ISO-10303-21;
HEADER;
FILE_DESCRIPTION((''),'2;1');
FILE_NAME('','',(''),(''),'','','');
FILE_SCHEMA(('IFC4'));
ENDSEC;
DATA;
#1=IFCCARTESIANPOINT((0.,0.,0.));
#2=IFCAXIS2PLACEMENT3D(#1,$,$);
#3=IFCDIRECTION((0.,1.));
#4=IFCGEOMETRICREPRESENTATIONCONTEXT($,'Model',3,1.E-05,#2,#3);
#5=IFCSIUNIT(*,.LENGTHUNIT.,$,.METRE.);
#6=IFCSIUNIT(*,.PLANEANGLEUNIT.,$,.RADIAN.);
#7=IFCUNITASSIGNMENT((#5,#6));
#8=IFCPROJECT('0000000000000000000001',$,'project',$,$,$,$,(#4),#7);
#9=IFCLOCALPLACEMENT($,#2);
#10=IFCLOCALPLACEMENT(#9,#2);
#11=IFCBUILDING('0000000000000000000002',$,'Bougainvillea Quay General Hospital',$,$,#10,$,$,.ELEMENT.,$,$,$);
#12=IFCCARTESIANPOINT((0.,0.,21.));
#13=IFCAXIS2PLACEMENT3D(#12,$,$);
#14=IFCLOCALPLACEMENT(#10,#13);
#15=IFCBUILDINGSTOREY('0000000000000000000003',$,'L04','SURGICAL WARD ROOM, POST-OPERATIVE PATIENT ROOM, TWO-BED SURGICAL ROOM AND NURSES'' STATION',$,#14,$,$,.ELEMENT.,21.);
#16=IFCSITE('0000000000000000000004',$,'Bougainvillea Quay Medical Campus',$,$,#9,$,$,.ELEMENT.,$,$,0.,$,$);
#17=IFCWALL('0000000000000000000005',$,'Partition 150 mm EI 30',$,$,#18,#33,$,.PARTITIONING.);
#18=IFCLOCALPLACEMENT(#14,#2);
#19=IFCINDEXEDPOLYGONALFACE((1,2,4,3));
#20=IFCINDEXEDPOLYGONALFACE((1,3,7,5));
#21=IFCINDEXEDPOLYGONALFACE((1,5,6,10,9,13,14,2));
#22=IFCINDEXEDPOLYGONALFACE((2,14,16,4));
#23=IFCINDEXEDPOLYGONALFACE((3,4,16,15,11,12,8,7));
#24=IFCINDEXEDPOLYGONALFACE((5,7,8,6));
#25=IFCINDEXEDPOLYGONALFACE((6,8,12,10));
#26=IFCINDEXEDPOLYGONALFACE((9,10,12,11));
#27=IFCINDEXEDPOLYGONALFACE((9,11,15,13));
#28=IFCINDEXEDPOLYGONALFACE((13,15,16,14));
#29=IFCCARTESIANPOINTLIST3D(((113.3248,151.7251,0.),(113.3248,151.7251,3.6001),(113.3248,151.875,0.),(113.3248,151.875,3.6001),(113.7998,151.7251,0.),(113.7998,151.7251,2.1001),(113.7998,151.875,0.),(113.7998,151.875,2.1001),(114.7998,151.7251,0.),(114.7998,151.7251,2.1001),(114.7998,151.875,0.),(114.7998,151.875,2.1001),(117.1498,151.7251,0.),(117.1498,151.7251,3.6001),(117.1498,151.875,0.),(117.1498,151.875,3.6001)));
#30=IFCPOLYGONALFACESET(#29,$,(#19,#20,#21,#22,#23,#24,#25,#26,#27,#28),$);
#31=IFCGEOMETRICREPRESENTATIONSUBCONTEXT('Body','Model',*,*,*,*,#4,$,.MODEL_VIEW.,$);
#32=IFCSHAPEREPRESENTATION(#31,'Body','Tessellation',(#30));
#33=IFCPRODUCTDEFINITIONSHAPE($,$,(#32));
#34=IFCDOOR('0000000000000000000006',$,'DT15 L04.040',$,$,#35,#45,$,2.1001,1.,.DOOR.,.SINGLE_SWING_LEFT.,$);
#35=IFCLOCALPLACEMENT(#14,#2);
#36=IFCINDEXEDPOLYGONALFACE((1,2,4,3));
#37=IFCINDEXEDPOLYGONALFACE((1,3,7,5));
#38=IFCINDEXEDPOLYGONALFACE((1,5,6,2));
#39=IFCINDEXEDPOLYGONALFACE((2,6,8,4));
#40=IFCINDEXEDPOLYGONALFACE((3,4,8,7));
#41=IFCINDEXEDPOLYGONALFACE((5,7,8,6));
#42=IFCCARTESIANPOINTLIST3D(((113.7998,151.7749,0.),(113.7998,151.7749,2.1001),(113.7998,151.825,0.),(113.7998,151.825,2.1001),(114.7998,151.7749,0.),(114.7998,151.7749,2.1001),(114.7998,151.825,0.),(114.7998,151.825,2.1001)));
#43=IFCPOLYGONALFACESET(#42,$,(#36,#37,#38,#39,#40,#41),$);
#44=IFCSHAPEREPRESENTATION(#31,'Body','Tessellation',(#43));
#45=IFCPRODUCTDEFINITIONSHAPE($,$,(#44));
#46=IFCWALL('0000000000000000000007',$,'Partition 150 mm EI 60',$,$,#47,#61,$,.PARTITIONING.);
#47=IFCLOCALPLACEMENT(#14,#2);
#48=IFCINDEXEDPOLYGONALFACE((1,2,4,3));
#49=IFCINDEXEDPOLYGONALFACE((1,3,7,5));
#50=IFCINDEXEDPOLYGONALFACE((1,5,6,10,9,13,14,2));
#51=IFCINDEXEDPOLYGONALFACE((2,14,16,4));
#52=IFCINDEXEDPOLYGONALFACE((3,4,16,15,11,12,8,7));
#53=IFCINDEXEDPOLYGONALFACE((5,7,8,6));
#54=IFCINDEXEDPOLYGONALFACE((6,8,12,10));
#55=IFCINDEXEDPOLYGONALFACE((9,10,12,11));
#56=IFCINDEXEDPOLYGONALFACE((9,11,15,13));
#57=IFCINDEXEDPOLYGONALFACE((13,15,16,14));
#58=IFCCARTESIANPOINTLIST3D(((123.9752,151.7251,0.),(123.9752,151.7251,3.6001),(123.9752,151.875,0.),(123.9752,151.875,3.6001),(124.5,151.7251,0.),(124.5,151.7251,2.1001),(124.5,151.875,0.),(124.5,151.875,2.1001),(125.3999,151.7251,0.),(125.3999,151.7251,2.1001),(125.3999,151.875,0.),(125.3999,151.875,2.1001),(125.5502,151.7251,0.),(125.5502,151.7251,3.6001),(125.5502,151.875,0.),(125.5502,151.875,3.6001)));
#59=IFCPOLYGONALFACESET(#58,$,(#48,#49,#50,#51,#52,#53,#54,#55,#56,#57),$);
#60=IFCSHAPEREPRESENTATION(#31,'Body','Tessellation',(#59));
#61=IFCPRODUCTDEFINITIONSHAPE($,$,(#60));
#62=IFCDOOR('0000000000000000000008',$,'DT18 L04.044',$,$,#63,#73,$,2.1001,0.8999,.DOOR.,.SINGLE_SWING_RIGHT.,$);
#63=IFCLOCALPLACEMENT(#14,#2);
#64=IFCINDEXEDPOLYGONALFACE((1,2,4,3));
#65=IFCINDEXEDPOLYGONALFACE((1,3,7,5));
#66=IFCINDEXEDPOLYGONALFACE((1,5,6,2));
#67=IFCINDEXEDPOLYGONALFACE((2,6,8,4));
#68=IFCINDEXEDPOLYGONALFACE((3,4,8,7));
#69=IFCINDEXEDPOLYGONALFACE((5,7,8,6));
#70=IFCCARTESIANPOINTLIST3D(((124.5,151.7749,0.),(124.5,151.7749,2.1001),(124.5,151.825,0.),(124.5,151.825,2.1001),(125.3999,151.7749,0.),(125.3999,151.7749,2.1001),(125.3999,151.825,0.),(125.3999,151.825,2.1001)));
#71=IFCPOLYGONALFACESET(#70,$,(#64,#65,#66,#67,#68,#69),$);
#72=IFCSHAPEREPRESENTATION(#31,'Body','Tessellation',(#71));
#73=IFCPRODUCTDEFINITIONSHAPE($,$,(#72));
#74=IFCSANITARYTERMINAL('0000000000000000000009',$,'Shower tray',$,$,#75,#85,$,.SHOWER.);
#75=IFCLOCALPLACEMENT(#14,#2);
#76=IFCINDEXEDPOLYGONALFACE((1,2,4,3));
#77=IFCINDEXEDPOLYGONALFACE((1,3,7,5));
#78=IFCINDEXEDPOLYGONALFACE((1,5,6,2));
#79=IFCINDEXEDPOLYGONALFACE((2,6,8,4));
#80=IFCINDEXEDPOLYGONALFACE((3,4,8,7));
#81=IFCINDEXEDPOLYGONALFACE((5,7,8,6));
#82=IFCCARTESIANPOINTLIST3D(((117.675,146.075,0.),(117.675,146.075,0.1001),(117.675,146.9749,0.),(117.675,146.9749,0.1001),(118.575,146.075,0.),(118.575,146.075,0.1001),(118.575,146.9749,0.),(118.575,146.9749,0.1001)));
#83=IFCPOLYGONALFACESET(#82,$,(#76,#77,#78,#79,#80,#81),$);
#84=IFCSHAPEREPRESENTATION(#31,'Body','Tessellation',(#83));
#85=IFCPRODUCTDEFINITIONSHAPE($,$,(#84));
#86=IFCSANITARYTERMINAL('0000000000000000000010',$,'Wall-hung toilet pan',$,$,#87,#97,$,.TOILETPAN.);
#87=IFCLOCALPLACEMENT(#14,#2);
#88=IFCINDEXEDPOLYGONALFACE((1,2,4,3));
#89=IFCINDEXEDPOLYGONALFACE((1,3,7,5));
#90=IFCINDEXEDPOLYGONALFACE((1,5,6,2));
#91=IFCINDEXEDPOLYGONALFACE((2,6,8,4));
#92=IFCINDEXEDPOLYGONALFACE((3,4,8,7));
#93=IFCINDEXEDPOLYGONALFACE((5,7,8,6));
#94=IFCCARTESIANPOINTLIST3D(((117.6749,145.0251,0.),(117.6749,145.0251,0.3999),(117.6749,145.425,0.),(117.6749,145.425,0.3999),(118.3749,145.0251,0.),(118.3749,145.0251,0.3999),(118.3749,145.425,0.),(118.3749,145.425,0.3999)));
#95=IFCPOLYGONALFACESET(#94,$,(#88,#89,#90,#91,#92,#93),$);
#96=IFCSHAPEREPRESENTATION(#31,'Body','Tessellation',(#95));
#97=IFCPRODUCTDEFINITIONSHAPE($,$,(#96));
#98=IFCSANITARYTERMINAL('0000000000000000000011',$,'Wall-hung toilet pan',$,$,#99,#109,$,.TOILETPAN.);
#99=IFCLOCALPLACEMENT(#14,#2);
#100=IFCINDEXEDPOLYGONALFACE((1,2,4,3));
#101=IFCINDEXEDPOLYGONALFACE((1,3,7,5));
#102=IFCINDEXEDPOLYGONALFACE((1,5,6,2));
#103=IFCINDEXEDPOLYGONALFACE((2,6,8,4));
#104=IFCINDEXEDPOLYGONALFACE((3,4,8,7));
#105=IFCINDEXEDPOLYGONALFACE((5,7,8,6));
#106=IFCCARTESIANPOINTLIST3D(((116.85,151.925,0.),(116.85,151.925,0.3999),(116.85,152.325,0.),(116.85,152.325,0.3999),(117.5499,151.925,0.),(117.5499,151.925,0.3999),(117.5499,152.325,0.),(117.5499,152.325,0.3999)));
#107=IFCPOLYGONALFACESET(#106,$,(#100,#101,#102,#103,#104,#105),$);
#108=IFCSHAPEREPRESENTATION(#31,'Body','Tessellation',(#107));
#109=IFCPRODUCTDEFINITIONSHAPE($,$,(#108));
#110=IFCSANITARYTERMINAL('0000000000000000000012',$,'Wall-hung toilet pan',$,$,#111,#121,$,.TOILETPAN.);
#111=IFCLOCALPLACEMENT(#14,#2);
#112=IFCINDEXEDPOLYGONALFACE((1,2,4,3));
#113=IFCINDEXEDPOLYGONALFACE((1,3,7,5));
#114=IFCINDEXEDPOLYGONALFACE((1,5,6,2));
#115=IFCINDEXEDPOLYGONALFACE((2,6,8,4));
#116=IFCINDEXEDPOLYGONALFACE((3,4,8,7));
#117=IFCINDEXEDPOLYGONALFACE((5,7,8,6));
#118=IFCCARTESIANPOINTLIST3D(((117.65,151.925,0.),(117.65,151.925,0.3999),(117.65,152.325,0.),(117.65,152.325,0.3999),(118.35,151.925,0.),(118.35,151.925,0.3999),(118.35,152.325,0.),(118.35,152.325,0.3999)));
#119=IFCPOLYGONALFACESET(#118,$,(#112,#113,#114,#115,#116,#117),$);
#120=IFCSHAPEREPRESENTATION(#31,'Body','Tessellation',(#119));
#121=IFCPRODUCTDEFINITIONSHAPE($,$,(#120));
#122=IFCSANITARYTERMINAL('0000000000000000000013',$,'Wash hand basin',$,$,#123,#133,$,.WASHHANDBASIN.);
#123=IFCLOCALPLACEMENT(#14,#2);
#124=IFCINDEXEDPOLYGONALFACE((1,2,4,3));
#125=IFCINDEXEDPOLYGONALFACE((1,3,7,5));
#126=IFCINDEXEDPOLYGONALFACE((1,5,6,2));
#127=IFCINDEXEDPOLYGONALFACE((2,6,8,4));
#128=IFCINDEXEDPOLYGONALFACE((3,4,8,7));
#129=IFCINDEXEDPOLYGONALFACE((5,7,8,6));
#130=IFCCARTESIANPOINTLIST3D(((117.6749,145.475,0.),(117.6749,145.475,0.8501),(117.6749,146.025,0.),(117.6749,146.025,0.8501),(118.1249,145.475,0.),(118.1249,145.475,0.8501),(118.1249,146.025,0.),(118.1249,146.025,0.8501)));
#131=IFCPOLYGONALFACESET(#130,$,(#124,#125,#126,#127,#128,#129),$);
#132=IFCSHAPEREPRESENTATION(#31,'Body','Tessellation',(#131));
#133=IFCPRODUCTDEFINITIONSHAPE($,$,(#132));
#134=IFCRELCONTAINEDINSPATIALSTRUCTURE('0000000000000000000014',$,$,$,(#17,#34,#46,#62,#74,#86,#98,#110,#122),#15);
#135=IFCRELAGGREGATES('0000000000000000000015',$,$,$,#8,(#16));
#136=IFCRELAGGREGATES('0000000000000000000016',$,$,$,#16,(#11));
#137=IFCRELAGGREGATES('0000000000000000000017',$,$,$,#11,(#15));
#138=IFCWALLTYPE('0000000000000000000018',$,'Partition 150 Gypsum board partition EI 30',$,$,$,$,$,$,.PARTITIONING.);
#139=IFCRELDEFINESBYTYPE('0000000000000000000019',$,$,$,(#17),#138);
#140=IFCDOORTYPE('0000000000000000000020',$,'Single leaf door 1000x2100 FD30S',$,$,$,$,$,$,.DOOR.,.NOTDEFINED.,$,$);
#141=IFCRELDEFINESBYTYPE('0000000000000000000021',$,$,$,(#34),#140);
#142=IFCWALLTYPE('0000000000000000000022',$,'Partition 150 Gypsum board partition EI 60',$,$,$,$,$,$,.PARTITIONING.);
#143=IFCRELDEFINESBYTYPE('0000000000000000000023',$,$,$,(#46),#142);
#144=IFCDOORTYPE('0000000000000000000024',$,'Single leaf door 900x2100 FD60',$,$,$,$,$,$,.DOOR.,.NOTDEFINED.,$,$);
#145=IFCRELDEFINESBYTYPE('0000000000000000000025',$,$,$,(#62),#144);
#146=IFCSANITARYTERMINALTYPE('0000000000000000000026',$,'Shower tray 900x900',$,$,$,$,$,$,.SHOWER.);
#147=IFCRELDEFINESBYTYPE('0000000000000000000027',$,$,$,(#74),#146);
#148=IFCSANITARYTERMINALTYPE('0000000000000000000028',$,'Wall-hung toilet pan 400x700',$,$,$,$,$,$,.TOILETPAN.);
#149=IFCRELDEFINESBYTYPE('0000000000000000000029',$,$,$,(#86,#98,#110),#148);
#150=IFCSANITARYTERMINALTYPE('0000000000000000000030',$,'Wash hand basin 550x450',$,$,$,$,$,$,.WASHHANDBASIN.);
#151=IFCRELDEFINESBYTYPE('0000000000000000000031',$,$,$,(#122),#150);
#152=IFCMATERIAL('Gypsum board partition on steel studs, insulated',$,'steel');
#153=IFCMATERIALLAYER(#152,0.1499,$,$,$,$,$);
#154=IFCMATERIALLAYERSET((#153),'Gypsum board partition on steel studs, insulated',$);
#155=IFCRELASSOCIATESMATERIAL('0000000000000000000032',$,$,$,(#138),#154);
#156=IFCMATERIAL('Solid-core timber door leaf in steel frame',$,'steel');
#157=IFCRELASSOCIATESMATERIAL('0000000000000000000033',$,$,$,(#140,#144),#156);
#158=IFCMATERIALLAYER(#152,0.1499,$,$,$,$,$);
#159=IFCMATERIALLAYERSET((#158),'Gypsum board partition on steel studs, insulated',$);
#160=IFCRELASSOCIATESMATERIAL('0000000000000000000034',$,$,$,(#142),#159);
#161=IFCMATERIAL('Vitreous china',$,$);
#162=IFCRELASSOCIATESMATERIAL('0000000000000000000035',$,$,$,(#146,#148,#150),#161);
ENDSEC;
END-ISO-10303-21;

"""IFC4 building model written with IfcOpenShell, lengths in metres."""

from ifc_helpers import new_model, si_unit, direction, frame, frame_2d, origin, origin_2d, place, context, subcontext, project, spatial, rectangle, extrude, material, layer, layer_set, type_object, element, fill, save


model = new_model("IFC4")

# Units and contexts
model_context = context("Model", 3, precision=1e-05, world=origin(), true_north=direction((0.0, 1.0)))
body_context = subcontext(model_context, "Body", "Model", "MODEL_VIEW")
ifc_project = project(units=[si_unit("LENGTHUNIT", "METRE"), si_unit("PLANEANGLEUNIT", "RADIAN")], contexts=[model_context])

# Site, building, storey
site_placement = place(None, origin())
site = spatial("IfcSite", under=ifc_project, at=site_placement, Name="Bougainvillea Quay Medical Campus", CompositionType="ELEMENT", RefElevation=0.0)
building_placement = place(site_placement, origin())
building = spatial("IfcBuilding", under=site, at=building_placement, Name="Bougainvillea Quay General Hospital", CompositionType="ELEMENT")
storey_placement = place(building_placement, frame((0.0, 0.0, 21.0)))
storey = spatial("IfcBuildingStorey", under=building, at=storey_placement, Name="L04", Description="SURGICAL WARD ROOM, POST-OPERATIVE PATIENT ROOM, TWO-BED SURGICAL ROOM AND NURSES' STATION", CompositionType="ELEMENT", Elevation=21.0)

# Shared definitions
ifc_material_1 = material(Name="Gypsum board partition on steel studs, insulated", Category="steel")

# Shared definitions
ifc_material_2 = material(Name="Solid-core timber door leaf in steel frame", Category="steel")

# Walls, openings, doors
ifc_layer_1 = layer(ifc_material_1, 0.1499)
ifc_layer_set_1 = layer_set([ifc_layer_1], Name="Gypsum board partition on steel studs, insulated")
wall_type_1 = type_object("IfcWallType", Name="Partition 150 Gypsum board partition EI 30", PredefinedType="PARTITIONING", material=ifc_layer_set_1)
door_type_1 = type_object("IfcDoorType", Name="Single leaf door 1000x2100 FD30S", OperationType="NOTDEFINED", PredefinedType="DOOR", material=ifc_material_2)
wall_1_placement = place(storey_placement, frame((117.1499, 151.8, 0.0), z_axis=(0.0, 0.0, 1.0), x_axis=(-1.0, 0.0, 0.0)))
wall_1 = element("IfcWall", 1, at=wall_1_placement, inside=storey, type_object=wall_type_1, Name="Partition 150 mm EI 30", PredefinedType="PARTITIONING", context=body_context, shape_type="SweptSolid", body=[
    extrude(rectangle(XDim=3.825, YDim=0.1499, at=frame_2d((1.9126, 0.0))), origin(), (0.0, 0.0, 1.0), 3.6001),
])
opening_1_placement = place(wall_1_placement, frame((2.3501, 0.0, 0.0)))
opening_1 = element("IfcOpeningElement", 2, at=opening_1_placement, cuts=wall_1, PredefinedType="OPENING", context=body_context, shape_type="SweptSolid", body=[
    extrude(rectangle(XDim=1.0, YDim=2.1001, at=frame_2d((0.5, 1.05))), frame((0.0, 0.085, 0.0), z_axis=(0.0, -1.0, 0.0), x_axis=(1.0, 0.0, 0.0)), (0.0, 0.0, 1.0), 0.1699),
])
door_1_placement = place(opening_1_placement, frame((1.0, 0.0, 0.0), z_axis=(0.0, 0.0, 1.0), x_axis=(-1.0, 0.0, 0.0)))
door_1 = element("IfcDoor", 3, at=door_1_placement, inside=storey, type_object=door_type_1, Name="DT15 L04.040", OperationType="SINGLE_SWING_LEFT", OverallHeight=2.1001, OverallWidth=1.0, PredefinedType="DOOR", context=body_context, shape_type="SweptSolid", body=[
    extrude(rectangle(XDim=1.0, YDim=2.1001, at=frame_2d((0.5, 1.05))), frame((0.0, 0.0249, 0.0), z_axis=(0.0, -1.0, 0.0), x_axis=(1.0, 0.0, 0.0)), (0.0, 0.0, 1.0), 0.05),
])
fill(opening_1, door_1)
ifc_layer_2 = layer(ifc_material_1, 0.1499)
ifc_layer_set_2 = layer_set([ifc_layer_2], Name="Gypsum board partition on steel studs, insulated")
wall_type_2 = type_object("IfcWallType", Name="Partition 150 Gypsum board partition EI 60", PredefinedType="PARTITIONING", material=ifc_layer_set_2)
wall_2_placement = place(storey_placement, frame((123.9751, 151.8, 0.0), z_axis=(0.0, 0.0, 1.0), x_axis=(1.0, 0.0, 0.0)))
wall_2 = element("IfcWall", 4, at=wall_2_placement, inside=storey, type_object=wall_type_2, Name="Partition 150 mm EI 60", PredefinedType="PARTITIONING", context=body_context, shape_type="SweptSolid", body=[
    extrude(rectangle(XDim=1.575, YDim=0.1499, at=frame_2d((0.7876, 0.0))), origin(), (0.0, 0.0, 1.0), 3.6001),
])
opening_2_placement = place(wall_2_placement, frame((0.5249, 0.0, 0.0)))
opening_2 = element("IfcOpeningElement", 5, at=opening_2_placement, cuts=wall_2, PredefinedType="OPENING", context=body_context, shape_type="SweptSolid", body=[
    extrude(rectangle(XDim=0.8999, YDim=2.1001, at=frame_2d((0.45, 1.05))), frame((0.0, 0.085, 0.0), z_axis=(0.0, -1.0, 0.0), x_axis=(1.0, 0.0, 0.0)), (0.0, 0.0, 1.0), 0.1699),
])
door_type_2 = type_object("IfcDoorType", Name="Single leaf door 900x2100 FD60", OperationType="NOTDEFINED", PredefinedType="DOOR", material=ifc_material_2)
door_2_placement = place(opening_2_placement, origin())
door_2 = element("IfcDoor", 6, at=door_2_placement, inside=storey, type_object=door_type_2, Name="DT18 L04.044", OperationType="SINGLE_SWING_RIGHT", OverallHeight=2.1001, OverallWidth=0.8999, PredefinedType="DOOR", context=body_context, shape_type="SweptSolid", body=[
    extrude(rectangle(XDim=0.8999, YDim=2.1001, at=frame_2d((0.45, 1.05))), frame((0.0, 0.0249, 0.0), z_axis=(0.0, -1.0, 0.0), x_axis=(1.0, 0.0, 0.0)), (0.0, 0.0, 1.0), 0.05),
])
fill(opening_2, door_2)

# Sanitary terminals
ifc_material_3 = material(Name="Vitreous china")
sanitary_terminal_type_1 = type_object("IfcSanitaryTerminalType", Name="Shower tray 900x900", PredefinedType="SHOWER", material=ifc_material_3)
sanitary_terminal_1_placement = place(storey_placement, frame((118.125, 146.5249, 0.0), z_axis=(0.0, 0.0, 1.0), x_axis=(0.0, 1.0, 0.0)))
element("IfcSanitaryTerminal", 7, at=sanitary_terminal_1_placement, inside=storey, type_object=sanitary_terminal_type_1, Name="Shower tray", PredefinedType="SHOWER", context=body_context, shape_type="SweptSolid", body=[
    extrude(rectangle(XDim=0.8999, YDim=0.8999, at=origin_2d()), origin(), (0.0, 0.0, 1.0), 0.1001),
])
sanitary_terminal_type_2 = type_object("IfcSanitaryTerminalType", Name="Wall-hung toilet pan 400x700", PredefinedType="TOILETPAN", material=ifc_material_3)
for number, where, z_axis, x_axis, name in (
    (8, (118.0249, 145.2251, 0.0), (0.0, 0.0, 1.0), (0.0, 1.0, 0.0), "Wall-hung toilet pan"),
    (9, (117.2, 152.125, 0.0), (0.0, 0.0, 1.0), (0.0, -1.0, 0.0), "Wall-hung toilet pan"),
    (10, (118.0, 152.125, 0.0), (0.0, 0.0, 1.0), (0.0, 1.0, 0.0), "Wall-hung toilet pan"),
):
    element("IfcSanitaryTerminal", number, at=place(storey_placement, frame(where, z_axis=z_axis, x_axis=x_axis)), inside=storey, type_object=sanitary_terminal_type_2, Name=name, PredefinedType="TOILETPAN", context=body_context, shape_type="SweptSolid", body=[
        extrude(rectangle(XDim=0.3999, YDim=0.7, at=origin_2d()), origin(), (0.0, 0.0, 1.0), 0.3999),
    ])
sanitary_terminal_type_3 = type_object("IfcSanitaryTerminalType", Name="Wash hand basin 550x450", PredefinedType="WASHHANDBASIN", material=ifc_material_3)
sanitary_terminal_2_placement = place(storey_placement, frame((117.8999, 145.75, 0.0), z_axis=(0.0, 0.0, 1.0), x_axis=(0.0, 1.0, 0.0)))
element("IfcSanitaryTerminal", 11, at=sanitary_terminal_2_placement, inside=storey, type_object=sanitary_terminal_type_3, Name="Wash hand basin", PredefinedType="WASHHANDBASIN", context=body_context, shape_type="SweptSolid", body=[
    extrude(rectangle(XDim=0.55, YDim=0.45, at=origin_2d()), origin(), (0.0, 0.0, 1.0), 0.8501),
])

save(model, "model.ifc")
